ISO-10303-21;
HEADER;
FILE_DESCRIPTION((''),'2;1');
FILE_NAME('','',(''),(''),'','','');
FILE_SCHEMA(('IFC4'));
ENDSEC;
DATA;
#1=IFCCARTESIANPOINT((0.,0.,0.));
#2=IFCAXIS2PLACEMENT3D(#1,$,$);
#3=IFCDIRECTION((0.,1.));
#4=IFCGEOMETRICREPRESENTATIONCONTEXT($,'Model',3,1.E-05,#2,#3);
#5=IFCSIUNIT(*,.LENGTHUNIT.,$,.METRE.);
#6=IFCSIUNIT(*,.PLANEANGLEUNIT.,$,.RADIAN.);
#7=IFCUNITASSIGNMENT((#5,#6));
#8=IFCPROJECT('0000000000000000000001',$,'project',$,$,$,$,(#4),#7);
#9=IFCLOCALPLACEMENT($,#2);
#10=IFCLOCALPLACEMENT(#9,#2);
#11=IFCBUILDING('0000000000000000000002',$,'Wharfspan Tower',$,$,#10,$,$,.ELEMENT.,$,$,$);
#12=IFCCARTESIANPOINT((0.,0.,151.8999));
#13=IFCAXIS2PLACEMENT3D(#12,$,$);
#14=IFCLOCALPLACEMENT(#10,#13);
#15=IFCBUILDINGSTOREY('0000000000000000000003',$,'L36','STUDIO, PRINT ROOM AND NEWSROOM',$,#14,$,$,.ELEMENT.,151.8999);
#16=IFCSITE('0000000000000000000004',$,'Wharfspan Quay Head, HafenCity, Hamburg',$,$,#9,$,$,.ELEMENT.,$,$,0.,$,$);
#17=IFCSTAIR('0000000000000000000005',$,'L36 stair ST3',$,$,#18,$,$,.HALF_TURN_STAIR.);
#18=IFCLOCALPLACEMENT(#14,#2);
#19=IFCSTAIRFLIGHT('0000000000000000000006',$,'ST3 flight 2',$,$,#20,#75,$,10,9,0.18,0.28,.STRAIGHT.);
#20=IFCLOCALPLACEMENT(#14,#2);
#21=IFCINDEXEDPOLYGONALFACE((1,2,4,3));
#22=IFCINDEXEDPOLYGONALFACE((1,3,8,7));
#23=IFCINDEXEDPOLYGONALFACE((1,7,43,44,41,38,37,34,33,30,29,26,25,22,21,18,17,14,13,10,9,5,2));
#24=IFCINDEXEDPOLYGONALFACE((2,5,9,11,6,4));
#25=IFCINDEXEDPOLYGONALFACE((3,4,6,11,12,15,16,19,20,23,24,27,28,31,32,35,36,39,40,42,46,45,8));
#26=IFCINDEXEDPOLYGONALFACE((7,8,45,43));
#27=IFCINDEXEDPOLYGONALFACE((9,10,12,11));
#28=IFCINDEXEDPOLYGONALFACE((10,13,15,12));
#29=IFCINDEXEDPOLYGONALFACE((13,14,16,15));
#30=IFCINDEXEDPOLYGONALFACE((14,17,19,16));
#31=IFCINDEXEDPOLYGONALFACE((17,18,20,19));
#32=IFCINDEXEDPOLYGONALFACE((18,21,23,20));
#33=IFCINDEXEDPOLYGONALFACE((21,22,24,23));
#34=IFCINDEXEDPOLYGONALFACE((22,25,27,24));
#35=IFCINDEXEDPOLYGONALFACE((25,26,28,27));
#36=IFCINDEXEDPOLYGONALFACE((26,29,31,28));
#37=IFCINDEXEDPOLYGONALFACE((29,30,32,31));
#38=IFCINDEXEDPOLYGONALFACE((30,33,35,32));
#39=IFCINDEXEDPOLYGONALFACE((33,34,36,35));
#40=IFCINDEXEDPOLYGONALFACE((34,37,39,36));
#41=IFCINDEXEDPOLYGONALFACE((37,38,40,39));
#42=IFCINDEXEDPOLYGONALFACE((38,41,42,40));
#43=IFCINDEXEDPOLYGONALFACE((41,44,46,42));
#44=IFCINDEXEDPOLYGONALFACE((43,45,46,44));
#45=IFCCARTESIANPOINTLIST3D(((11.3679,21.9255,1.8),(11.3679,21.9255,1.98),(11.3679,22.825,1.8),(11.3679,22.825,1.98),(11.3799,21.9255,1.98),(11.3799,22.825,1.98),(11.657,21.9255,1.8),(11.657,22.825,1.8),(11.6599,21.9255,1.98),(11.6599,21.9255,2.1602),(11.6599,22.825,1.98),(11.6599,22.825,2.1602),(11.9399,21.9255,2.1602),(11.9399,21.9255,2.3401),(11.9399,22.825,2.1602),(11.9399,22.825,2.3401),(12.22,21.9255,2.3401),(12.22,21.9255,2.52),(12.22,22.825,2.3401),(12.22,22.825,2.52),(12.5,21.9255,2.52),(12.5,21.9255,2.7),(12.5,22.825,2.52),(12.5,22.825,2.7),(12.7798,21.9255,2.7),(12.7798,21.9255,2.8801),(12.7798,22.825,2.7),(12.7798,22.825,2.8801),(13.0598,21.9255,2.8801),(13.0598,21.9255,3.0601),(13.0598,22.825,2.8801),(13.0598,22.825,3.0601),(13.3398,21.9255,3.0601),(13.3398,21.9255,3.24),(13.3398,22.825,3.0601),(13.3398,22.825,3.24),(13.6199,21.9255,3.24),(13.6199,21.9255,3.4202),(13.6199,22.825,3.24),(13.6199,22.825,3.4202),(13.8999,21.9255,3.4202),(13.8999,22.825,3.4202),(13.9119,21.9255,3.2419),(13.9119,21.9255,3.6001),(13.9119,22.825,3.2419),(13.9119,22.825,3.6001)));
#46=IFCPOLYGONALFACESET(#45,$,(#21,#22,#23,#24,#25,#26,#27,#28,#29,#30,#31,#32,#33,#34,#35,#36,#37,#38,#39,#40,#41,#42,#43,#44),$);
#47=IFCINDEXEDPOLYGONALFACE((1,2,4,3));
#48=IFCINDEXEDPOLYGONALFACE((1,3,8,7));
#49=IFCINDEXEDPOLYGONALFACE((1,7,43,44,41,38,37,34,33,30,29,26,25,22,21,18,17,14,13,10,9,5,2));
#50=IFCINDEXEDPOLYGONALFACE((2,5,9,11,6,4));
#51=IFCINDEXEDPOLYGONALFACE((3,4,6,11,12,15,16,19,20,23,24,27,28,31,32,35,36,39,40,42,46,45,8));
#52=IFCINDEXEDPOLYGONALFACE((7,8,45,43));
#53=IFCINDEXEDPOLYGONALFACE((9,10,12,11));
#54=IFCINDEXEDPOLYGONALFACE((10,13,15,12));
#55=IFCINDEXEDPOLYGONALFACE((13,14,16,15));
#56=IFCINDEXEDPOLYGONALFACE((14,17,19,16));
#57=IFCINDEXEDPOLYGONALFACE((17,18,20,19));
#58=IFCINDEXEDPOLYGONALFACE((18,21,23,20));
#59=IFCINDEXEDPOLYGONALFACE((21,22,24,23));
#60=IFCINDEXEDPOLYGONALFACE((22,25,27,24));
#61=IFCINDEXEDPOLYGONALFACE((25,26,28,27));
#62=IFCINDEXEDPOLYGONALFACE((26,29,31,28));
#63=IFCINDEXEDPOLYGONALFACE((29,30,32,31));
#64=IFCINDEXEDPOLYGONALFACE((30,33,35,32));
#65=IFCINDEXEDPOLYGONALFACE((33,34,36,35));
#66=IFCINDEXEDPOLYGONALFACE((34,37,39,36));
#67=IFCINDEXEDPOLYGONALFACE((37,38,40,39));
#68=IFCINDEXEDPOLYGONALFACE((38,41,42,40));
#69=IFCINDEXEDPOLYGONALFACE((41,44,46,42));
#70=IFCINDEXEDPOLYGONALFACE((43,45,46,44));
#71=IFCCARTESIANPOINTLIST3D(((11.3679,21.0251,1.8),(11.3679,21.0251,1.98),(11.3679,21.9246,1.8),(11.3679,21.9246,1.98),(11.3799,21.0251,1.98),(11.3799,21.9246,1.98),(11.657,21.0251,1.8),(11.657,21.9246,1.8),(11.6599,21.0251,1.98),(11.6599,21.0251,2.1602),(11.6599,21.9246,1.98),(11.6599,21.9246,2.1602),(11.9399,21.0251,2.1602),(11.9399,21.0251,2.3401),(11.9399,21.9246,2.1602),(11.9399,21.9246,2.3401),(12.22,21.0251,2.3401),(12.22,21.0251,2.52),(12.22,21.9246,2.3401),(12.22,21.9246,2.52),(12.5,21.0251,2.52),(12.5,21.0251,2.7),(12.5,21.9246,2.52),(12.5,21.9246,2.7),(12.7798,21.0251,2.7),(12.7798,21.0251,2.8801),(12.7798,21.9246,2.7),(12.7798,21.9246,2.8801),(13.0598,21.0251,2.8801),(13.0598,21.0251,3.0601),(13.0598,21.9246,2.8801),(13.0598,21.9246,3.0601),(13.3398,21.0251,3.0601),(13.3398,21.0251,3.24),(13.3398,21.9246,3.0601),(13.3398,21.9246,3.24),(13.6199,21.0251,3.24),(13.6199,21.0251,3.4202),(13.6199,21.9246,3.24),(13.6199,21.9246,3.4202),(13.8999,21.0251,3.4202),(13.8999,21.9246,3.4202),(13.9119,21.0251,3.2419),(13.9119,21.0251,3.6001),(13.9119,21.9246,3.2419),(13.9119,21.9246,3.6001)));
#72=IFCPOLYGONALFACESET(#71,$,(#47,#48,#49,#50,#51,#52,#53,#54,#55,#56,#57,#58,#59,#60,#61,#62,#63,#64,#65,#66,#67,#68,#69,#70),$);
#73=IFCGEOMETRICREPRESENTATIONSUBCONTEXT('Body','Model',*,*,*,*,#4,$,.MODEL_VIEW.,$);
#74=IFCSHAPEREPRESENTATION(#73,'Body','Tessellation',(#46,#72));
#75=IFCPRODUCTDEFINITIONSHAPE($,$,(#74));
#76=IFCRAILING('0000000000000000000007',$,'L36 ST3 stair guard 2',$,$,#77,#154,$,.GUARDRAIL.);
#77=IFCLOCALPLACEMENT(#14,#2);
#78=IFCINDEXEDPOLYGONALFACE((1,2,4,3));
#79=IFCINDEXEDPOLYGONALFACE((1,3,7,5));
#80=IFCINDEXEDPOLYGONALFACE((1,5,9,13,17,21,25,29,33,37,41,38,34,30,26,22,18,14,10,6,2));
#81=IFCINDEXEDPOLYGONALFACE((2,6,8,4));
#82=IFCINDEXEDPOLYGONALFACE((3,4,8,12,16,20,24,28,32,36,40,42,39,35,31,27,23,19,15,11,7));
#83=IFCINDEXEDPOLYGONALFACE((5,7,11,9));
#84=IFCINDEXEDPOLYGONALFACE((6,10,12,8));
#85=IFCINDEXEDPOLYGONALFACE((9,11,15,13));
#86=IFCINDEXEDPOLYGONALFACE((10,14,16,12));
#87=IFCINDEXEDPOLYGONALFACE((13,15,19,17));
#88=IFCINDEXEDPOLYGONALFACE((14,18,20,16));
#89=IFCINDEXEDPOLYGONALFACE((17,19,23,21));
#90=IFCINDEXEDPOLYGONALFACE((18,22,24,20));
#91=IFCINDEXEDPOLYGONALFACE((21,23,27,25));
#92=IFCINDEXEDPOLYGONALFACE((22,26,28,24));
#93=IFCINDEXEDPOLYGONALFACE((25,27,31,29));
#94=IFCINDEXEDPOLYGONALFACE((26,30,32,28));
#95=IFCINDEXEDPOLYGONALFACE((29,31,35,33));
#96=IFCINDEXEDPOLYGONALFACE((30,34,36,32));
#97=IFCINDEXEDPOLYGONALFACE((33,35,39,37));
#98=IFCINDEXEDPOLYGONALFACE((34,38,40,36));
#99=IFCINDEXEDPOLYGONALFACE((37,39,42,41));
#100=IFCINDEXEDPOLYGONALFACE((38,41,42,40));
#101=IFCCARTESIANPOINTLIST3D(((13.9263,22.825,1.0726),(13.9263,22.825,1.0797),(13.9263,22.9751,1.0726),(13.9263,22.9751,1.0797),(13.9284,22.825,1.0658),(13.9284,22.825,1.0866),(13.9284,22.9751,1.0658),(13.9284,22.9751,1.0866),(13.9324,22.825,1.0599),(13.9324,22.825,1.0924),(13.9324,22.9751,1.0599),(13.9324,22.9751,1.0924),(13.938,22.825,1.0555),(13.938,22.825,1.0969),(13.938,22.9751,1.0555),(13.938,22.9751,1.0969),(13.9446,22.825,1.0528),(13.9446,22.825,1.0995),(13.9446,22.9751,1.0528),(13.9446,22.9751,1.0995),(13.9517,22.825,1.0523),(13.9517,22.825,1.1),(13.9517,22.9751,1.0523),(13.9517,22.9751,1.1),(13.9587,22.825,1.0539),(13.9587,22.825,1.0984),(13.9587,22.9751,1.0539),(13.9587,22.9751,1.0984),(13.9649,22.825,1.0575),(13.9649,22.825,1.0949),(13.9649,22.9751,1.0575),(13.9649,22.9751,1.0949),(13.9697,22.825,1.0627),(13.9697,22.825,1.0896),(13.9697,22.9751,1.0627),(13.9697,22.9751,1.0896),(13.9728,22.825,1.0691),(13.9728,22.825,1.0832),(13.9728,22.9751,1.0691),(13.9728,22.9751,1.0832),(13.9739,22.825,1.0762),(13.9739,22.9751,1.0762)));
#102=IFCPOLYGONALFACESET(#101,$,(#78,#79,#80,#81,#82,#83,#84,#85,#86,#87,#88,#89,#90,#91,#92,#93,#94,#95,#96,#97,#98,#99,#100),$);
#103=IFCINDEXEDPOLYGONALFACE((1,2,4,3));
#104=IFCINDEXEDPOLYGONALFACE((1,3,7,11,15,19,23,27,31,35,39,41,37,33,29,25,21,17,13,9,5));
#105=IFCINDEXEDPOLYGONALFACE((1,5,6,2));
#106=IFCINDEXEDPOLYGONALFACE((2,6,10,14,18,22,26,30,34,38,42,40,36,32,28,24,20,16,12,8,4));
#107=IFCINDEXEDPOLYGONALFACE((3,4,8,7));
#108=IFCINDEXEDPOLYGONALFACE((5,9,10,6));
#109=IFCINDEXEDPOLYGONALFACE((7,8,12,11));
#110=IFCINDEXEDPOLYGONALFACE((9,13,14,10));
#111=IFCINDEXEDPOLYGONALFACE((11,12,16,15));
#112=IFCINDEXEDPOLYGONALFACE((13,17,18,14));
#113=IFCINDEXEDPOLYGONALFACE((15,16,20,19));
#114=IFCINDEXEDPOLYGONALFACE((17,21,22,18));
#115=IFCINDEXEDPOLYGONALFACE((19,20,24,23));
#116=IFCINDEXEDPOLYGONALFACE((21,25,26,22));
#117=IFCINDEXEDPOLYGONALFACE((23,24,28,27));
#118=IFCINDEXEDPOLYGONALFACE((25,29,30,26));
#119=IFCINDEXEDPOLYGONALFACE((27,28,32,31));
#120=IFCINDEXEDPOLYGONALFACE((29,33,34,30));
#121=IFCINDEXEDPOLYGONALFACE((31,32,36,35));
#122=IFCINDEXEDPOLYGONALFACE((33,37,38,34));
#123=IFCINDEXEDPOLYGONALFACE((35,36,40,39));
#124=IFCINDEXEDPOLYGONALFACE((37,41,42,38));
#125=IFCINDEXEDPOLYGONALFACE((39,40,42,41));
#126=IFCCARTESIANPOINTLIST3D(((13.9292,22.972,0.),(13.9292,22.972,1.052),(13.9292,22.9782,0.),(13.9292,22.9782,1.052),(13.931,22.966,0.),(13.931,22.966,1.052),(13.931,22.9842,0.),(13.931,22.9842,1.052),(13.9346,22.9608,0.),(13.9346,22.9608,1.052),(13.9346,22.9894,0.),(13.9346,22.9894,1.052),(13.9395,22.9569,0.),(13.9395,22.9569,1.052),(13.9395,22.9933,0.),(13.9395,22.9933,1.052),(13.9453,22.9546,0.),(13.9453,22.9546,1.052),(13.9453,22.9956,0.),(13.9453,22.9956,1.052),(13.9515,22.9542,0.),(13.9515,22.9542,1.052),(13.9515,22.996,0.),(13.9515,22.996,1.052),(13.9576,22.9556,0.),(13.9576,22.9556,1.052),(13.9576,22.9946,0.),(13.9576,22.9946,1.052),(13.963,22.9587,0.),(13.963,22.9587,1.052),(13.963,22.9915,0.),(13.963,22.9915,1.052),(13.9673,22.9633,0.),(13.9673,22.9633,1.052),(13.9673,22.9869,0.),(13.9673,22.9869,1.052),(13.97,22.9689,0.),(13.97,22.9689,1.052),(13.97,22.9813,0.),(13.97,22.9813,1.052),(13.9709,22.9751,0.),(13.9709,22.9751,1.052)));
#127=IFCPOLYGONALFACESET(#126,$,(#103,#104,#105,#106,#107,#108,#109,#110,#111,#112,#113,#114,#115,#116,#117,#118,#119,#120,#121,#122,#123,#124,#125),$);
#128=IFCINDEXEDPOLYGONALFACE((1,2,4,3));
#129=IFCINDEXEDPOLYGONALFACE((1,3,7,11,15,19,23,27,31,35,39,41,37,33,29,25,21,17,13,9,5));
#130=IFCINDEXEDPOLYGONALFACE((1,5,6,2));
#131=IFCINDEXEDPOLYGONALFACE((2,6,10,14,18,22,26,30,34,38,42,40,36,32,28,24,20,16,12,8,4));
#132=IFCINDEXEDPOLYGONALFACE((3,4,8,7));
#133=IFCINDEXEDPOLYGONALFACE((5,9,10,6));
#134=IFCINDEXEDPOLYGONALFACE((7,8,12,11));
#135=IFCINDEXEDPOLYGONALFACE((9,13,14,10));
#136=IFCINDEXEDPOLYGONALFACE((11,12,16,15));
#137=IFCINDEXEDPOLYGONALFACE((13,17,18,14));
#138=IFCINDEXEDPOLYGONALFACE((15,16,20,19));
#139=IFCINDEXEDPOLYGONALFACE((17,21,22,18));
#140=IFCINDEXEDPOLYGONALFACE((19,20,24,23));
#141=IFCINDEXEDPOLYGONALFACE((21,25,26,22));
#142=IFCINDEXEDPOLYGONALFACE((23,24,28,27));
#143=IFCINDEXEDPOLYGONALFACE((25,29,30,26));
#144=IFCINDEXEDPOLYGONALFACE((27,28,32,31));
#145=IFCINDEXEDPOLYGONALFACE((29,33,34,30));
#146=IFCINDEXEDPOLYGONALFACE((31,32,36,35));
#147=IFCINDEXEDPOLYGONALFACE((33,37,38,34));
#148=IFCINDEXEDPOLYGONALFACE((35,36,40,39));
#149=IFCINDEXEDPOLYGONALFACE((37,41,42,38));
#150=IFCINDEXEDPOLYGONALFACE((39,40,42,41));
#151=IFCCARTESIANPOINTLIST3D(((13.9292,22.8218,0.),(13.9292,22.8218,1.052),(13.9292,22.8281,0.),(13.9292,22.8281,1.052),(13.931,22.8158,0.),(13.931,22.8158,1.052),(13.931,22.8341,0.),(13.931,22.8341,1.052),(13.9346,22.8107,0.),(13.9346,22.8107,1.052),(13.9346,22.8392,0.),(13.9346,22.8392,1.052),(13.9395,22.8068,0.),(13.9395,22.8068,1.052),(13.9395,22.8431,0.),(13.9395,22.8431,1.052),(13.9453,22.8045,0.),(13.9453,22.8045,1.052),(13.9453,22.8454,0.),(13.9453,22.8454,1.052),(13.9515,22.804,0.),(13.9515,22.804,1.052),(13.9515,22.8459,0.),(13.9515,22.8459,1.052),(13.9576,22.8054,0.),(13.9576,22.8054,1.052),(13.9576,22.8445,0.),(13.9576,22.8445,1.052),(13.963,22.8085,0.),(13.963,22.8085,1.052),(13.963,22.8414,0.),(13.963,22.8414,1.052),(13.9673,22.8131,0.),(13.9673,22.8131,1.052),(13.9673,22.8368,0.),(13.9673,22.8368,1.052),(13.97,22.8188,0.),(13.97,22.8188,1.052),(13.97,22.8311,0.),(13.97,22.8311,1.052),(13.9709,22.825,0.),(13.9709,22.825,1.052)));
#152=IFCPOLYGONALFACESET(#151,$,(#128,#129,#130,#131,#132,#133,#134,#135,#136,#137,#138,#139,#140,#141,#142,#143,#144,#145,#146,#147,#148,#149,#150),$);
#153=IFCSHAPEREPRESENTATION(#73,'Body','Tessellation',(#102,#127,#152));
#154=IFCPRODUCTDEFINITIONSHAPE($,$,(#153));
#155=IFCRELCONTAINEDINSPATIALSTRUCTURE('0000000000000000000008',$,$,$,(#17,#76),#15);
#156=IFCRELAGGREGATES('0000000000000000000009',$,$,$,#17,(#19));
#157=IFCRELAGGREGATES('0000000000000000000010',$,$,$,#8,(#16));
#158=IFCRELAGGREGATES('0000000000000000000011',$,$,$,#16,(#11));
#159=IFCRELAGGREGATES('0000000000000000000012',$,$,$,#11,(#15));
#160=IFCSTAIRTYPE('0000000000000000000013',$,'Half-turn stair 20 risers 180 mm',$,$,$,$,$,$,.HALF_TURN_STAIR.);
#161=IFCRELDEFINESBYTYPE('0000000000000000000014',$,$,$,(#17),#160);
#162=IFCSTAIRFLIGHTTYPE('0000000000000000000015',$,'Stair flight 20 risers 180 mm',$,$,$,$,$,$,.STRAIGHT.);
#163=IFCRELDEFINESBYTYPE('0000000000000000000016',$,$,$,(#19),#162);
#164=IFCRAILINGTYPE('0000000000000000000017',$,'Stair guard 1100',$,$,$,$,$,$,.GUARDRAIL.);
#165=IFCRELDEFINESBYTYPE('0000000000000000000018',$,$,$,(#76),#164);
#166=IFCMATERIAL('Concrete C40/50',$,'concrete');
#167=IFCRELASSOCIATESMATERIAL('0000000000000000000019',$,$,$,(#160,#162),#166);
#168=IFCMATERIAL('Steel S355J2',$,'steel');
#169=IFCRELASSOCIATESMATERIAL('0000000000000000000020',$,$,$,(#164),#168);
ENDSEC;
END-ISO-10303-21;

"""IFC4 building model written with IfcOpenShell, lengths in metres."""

from ifc_helpers import new_model, si_unit, direction, frame, origin, origin_2d, place, context, subcontext, project, spatial, polyline, circle, outline, extrude, material, type_object, element, aggregate, save


model = new_model("IFC4")

# Units and contexts
model_context = context("Model", 3, precision=1e-05, world=origin(), true_north=direction((0.0, 1.0)))
body_context = subcontext(model_context, "Body", "Model", "MODEL_VIEW")
ifc_project = project(units=[si_unit("LENGTHUNIT", "METRE"), si_unit("PLANEANGLEUNIT", "RADIAN")], contexts=[model_context])

# Site, building, storey
site_placement = place(None, origin())
site = spatial("IfcSite", under=ifc_project, at=site_placement, Name="Wharfspan Quay Head, HafenCity, Hamburg", CompositionType="ELEMENT", RefElevation=0.0)
building_placement = place(site_placement, origin())
building = spatial("IfcBuilding", under=site, at=building_placement, Name="Wharfspan Tower", CompositionType="ELEMENT")
storey_placement = place(building_placement, frame((0.0, 0.0, 151.8999)))
storey = spatial("IfcBuildingStorey", under=building, at=storey_placement, Name="L36", Description="STUDIO, PRINT ROOM AND NEWSROOM", CompositionType="ELEMENT", Elevation=151.8999)

# Shared definitions
ifc_material_1 = material(Name="Steel S355J2", Category="steel")

# Shared definitions
ifc_material_2 = material(Name="Concrete C40/50", Category="concrete")

# Stair, stair flight
stair_type = type_object("IfcStairType", Name="Half-turn stair 20 risers 180 mm", PredefinedType="HALF_TURN_STAIR", material=ifc_material_2)
stair_placement = place(storey_placement, origin())
stair = element("IfcStair", 1, at=stair_placement, inside=storey, type_object=stair_type, Name="L36 stair ST3", PredefinedType="HALF_TURN_STAIR")
stair_flight_type = type_object("IfcStairFlightType", Name="Stair flight 20 risers 180 mm", PredefinedType="STRAIGHT", material=ifc_material_2)
stair_flight_1_placement = place(storey_placement, frame((11.3799, 21.925, 1.8), z_axis=(0.0, 0.0, 1.0), x_axis=(1.0, 0.0, 0.0)))
stair_flight_1 = element("IfcStairFlight", 2, at=stair_flight_1_placement, type_object=stair_flight_type, Name="ST3 flight 2", NumberOfRisers=10, NumberOfTreads=9, PredefinedType="STRAIGHT", RiserHeight=0.18, TreadLength=0.28, context=body_context, shape_type="SweptSolid", body=[
    extrude(outline(polyline([(-0.012, 0.0), (-0.012, 0.1799), (0.0, 0.1799), (0.28, 0.1799), (0.28, 0.3601), (0.5601, 0.3601), (0.5601, 0.54), (0.8401, 0.54), (0.8401, 0.72), (1.1201, 0.72), (1.1201, 0.8999), (1.3999, 0.8999), (1.3999, 1.0801), (1.6799, 1.0801), (1.6799, 1.26), (1.96, 1.26), (1.96, 1.4399), (2.24, 1.4399), (2.24, 1.6201), (2.52, 1.6201), (2.532, 1.8), (2.532, 1.4419), (0.2771, 0.0), (-0.012, 0.0)])), frame((0.0, 0.8999, 0.0), z_axis=(0.0, -1.0, 0.0), x_axis=(1.0, 0.0, 0.0)), (0.0, 0.0, 1.0), 0.8994),
    extrude(outline(polyline([(-0.012, 0.0), (-0.012, 0.1799), (0.0, 0.1799), (0.28, 0.1799), (0.28, 0.3601), (0.5601, 0.3601), (0.5601, 0.54), (0.8401, 0.54), (0.8401, 0.72), (1.1201, 0.72), (1.1201, 0.8999), (1.3999, 0.8999), (1.3999, 1.0801), (1.6799, 1.0801), (1.6799, 1.26), (1.96, 1.26), (1.96, 1.4399), (2.24, 1.4399), (2.24, 1.6201), (2.52, 1.6201), (2.532, 1.8), (2.532, 1.4419), (0.2771, 0.0), (-0.012, 0.0)])), frame((0.0, -0.0005, 0.0), z_axis=(0.0, -1.0, 0.0), x_axis=(1.0, 0.0, 0.0)), (0.0, 0.0, 1.0), 0.8994),
])
aggregate(stair, [stair_flight_1])

# Railing
railing_type_1 = type_object("IfcRailingType", Name="Stair guard 1100", PredefinedType="GUARDRAIL", material=ifc_material_1)
railing_1_placement = place(storey_placement, frame((13.95, 22.9751, 0.0)))
element("IfcRailing", 3, at=railing_1_placement, inside=storey, type_object=railing_type_1, Name="L36 ST3 stair guard 2", PredefinedType="GUARDRAIL", context=body_context, shape_type="SweptSolid", body=[
    extrude(circle(Radius=0.0239, at=origin_2d()), frame((0.0, 0.0, 1.0762), z_axis=(0.0, -1.0, 0.0), x_axis=(1.0, 0.0, 0.0)), (0.0, 0.0, 1.0), 0.1501),
    extrude(circle(Radius=0.021, at=origin_2d()), origin(), (0.0, 0.0, 1.0), 1.052),
    extrude(circle(Radius=0.021, at=origin_2d()), frame((0.0, -0.1501, 0.0)), (0.0, 0.0, 1.0), 1.052),
])

save(model, "model.ifc")
